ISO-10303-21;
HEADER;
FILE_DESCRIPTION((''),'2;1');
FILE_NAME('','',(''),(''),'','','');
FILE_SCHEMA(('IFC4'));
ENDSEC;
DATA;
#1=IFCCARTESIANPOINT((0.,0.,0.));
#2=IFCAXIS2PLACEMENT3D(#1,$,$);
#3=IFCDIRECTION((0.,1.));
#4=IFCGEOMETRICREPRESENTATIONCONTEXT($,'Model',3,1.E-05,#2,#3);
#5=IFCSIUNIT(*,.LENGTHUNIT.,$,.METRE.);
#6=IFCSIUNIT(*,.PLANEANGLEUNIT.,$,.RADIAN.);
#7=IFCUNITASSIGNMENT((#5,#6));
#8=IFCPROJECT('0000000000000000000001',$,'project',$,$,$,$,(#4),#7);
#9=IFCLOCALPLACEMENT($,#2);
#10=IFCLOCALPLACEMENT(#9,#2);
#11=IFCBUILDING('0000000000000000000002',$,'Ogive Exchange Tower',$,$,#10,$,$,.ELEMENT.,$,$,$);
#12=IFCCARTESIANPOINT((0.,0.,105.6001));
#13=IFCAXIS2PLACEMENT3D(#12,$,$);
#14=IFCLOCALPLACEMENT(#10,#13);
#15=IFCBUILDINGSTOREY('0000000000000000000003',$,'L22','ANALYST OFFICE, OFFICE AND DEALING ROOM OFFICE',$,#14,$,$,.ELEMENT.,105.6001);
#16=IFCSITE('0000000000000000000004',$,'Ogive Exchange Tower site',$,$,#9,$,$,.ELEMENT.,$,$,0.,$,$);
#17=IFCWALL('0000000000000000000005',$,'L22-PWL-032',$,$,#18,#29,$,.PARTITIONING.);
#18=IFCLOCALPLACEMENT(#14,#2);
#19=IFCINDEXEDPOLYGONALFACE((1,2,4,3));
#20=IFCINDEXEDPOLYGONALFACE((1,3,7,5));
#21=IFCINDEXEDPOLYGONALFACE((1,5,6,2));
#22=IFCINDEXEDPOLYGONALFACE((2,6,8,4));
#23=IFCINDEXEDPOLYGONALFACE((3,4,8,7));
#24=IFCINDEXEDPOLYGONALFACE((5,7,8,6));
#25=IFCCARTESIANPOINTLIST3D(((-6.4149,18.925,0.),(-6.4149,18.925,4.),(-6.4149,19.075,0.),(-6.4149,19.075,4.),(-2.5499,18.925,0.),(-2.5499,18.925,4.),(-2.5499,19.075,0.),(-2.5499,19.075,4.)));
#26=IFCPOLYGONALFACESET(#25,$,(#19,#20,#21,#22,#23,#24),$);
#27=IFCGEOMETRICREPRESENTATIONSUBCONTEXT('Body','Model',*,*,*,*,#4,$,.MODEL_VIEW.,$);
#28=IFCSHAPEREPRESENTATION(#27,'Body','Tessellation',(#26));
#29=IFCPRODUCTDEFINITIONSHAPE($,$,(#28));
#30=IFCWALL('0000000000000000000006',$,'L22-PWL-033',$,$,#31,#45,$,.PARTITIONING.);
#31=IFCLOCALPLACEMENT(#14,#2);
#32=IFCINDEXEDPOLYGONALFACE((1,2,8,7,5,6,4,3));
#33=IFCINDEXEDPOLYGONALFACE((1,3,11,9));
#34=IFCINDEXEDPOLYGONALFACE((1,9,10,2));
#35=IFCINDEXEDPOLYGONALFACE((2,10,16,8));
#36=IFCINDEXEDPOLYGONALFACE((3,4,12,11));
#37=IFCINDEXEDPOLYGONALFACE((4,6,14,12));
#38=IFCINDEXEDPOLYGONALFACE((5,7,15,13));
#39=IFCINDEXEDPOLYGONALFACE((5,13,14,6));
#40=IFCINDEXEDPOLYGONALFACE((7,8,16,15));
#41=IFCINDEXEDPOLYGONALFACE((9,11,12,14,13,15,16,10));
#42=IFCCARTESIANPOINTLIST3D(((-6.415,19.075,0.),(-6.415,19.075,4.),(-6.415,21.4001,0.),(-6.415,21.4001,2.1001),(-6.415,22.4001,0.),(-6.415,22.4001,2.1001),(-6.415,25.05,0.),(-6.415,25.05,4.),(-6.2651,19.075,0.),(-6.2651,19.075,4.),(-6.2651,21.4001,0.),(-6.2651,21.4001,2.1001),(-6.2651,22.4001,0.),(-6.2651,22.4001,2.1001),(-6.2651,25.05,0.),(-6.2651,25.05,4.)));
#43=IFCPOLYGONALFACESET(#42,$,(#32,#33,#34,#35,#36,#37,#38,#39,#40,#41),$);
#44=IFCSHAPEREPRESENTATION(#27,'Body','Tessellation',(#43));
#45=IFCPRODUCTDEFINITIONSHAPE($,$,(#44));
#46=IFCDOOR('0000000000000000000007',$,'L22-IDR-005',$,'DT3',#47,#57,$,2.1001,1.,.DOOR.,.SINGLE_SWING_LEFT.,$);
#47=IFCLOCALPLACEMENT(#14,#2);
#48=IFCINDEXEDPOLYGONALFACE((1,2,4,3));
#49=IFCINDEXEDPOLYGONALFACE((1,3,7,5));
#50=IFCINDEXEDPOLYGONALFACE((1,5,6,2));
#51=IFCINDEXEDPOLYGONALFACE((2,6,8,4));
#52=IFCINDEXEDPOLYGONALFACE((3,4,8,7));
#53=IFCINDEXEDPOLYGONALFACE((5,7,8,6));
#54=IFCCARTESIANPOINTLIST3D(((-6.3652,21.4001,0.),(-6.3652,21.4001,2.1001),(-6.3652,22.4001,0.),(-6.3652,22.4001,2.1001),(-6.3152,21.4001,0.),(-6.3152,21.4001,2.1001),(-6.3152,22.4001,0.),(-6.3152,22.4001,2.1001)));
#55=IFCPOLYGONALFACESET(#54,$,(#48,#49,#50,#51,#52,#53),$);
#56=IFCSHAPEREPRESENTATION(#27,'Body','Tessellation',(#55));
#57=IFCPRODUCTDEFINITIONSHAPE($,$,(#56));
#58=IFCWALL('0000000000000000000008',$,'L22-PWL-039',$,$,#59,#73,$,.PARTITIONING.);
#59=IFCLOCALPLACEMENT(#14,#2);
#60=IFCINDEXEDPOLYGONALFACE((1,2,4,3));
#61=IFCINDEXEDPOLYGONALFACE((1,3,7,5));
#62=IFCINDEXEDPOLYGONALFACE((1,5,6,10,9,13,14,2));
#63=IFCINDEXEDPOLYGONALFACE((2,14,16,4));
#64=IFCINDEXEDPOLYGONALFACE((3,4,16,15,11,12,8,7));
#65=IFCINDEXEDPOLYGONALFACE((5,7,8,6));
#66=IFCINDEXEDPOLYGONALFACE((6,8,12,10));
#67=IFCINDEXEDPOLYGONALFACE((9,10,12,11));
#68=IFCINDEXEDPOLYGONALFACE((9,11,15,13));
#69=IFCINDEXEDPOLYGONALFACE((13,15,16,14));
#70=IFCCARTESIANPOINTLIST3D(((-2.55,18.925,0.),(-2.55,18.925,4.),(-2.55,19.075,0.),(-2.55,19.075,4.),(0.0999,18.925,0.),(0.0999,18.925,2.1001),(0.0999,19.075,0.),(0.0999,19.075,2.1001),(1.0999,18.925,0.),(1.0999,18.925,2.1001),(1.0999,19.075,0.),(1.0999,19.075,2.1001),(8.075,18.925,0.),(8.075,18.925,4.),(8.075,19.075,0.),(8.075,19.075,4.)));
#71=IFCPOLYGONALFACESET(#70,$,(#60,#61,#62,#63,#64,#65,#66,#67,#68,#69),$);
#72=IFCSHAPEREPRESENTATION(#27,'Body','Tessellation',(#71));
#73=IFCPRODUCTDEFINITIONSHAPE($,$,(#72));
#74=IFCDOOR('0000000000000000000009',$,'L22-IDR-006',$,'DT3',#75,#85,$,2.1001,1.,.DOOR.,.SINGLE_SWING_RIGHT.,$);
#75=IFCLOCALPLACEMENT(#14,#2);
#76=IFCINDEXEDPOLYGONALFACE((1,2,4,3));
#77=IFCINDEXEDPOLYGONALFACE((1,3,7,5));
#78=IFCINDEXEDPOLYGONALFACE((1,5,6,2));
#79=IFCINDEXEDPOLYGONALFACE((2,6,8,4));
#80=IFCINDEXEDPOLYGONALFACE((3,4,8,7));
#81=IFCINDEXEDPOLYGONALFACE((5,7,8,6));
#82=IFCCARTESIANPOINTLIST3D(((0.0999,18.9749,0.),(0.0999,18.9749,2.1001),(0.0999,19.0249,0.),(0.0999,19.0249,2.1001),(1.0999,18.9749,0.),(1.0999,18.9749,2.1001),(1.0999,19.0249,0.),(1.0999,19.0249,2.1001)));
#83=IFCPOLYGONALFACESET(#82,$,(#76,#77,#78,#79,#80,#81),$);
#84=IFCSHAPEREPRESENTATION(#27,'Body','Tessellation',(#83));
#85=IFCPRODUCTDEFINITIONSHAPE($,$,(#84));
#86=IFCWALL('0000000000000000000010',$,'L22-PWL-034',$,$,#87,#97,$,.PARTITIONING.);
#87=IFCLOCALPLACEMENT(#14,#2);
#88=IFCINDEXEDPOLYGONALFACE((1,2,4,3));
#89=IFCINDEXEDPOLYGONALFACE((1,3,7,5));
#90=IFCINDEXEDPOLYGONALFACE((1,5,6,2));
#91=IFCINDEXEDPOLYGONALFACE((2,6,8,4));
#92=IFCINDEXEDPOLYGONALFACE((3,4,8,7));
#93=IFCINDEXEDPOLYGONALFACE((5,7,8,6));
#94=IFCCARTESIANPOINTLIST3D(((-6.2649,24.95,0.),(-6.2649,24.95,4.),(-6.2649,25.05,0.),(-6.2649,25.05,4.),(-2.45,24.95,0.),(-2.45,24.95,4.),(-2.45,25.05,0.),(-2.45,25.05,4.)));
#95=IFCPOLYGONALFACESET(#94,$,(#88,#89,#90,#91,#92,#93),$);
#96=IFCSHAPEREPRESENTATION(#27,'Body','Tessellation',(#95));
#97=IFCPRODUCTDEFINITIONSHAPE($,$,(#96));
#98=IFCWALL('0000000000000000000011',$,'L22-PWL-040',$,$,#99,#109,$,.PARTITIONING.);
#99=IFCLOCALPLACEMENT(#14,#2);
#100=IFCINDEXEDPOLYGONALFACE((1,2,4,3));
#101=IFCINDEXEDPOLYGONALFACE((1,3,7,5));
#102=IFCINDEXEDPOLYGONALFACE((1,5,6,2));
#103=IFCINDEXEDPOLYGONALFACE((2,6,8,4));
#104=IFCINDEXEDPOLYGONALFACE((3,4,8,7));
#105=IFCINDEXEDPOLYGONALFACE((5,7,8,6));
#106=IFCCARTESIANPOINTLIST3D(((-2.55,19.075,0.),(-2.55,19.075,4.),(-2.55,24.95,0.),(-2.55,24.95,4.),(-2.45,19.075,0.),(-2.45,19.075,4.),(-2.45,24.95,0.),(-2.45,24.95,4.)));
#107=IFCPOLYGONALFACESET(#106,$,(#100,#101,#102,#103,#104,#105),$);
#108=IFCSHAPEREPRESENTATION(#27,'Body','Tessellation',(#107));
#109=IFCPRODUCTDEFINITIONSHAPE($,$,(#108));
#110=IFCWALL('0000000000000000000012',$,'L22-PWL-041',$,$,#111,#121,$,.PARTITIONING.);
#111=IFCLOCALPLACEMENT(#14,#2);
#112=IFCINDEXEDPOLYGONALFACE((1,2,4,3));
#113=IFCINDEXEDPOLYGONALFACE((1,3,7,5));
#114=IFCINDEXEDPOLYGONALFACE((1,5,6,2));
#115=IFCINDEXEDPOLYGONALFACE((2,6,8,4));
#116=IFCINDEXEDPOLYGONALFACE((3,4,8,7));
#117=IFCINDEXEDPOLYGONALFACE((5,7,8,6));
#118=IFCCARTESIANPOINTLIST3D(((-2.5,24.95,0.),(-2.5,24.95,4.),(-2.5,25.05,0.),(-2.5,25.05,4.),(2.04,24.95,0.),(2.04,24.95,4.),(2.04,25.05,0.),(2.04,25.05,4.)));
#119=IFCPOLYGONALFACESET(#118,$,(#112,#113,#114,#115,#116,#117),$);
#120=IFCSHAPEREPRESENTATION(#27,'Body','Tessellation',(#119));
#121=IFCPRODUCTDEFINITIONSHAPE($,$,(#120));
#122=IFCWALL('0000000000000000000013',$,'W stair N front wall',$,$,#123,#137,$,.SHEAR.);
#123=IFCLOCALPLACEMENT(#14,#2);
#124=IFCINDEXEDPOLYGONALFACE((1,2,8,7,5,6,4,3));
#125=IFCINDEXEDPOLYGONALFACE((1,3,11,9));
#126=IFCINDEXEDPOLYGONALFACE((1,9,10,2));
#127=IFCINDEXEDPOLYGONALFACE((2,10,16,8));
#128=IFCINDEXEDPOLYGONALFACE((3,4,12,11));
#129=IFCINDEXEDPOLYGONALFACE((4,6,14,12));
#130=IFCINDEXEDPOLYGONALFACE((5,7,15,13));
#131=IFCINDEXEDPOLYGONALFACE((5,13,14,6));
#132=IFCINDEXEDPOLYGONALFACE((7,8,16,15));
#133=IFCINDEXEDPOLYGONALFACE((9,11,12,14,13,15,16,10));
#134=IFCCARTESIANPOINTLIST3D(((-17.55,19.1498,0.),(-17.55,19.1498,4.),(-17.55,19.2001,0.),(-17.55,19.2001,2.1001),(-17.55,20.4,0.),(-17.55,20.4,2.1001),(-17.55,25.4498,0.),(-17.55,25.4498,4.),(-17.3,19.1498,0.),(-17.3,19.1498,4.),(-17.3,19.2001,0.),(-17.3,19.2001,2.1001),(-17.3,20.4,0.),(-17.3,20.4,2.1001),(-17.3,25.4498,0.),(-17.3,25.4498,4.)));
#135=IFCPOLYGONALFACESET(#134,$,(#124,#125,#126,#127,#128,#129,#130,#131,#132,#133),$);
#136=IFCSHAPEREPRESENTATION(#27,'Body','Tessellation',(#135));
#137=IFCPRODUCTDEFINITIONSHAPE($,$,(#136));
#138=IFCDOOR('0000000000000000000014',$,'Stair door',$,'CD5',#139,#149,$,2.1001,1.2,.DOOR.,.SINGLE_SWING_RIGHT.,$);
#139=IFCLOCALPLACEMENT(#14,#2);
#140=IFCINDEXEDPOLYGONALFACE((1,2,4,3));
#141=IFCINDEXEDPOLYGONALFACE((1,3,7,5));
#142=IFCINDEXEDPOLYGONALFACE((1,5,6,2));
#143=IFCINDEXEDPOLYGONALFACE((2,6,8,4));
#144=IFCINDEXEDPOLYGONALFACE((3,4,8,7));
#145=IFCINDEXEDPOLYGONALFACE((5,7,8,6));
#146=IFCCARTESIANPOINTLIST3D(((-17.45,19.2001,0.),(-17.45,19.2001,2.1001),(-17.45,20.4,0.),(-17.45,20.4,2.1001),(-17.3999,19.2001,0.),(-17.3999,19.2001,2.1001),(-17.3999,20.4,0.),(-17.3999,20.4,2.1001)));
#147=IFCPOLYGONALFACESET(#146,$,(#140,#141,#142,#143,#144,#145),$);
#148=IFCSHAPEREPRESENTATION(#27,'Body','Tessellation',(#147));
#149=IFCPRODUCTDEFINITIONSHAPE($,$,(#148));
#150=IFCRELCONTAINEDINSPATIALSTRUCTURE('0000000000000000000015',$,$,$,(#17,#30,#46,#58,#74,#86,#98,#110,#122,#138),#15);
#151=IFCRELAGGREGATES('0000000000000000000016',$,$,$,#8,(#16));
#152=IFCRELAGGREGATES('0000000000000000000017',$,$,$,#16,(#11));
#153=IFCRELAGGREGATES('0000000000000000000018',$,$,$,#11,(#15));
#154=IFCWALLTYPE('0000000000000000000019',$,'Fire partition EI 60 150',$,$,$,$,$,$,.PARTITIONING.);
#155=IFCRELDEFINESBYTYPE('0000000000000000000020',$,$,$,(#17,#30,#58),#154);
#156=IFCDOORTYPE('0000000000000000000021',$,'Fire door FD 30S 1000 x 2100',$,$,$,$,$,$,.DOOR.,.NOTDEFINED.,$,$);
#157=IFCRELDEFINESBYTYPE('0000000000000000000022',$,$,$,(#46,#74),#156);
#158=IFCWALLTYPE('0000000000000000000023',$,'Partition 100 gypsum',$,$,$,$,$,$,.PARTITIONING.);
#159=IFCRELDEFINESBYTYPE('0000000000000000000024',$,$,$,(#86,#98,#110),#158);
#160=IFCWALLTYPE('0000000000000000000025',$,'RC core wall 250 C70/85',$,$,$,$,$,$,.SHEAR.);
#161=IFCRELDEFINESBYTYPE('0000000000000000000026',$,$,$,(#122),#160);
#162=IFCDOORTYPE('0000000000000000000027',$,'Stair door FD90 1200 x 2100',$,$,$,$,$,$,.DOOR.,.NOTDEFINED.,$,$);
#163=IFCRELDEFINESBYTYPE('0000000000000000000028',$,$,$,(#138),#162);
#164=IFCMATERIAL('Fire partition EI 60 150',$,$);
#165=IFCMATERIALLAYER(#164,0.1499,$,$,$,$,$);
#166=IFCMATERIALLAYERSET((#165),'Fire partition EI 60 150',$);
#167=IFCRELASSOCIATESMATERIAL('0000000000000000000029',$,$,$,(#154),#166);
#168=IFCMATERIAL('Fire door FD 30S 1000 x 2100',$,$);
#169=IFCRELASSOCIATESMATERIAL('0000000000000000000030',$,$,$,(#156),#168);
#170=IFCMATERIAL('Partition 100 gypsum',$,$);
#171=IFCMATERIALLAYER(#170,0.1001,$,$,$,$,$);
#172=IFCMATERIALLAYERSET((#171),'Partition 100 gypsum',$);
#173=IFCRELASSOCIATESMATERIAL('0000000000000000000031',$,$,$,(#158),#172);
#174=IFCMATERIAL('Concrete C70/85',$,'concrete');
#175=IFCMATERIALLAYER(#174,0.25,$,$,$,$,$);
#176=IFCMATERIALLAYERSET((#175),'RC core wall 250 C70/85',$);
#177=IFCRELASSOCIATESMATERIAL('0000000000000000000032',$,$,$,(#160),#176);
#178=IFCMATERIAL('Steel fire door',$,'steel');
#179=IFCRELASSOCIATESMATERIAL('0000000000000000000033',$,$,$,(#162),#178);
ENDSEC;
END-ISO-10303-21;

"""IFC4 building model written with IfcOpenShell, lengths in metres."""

from ifc_helpers import new_model, si_unit, direction, frame, frame_2d, origin, place, context, subcontext, project, spatial, rectangle, extrude, material, layer, layer_set, type_object, element, fill, save


model = new_model("IFC4")

# Units and contexts
model_context = context("Model", 3, precision=1e-05, world=origin(), true_north=direction((0.0, 1.0)))
body_context = subcontext(model_context, "Body", "Model", "MODEL_VIEW")
ifc_project = project(units=[si_unit("LENGTHUNIT", "METRE"), si_unit("PLANEANGLEUNIT", "RADIAN")], contexts=[model_context])

# Site, building, storey
site_placement = place(None, origin())
site = spatial("IfcSite", under=ifc_project, at=site_placement, Name="Ogive Exchange Tower site", CompositionType="ELEMENT", RefElevation=0.0)
building_placement = place(site_placement, origin())
building = spatial("IfcBuilding", under=site, at=building_placement, Name="Ogive Exchange Tower", CompositionType="ELEMENT")
storey_placement = place(building_placement, frame((0.0, 0.0, 105.6001)))
storey = spatial("IfcBuildingStorey", under=building, at=storey_placement, Name="L22", Description="ANALYST OFFICE, OFFICE AND DEALING ROOM OFFICE", CompositionType="ELEMENT", Elevation=105.6001)

# Wall
ifc_material_1 = material(Name="Fire partition EI 60 150")
ifc_layer_1 = layer(ifc_material_1, 0.1499)
ifc_layer_set_1 = layer_set([ifc_layer_1], Name="Fire partition EI 60 150")
wall_type_1 = type_object("IfcWallType", Name="Fire partition EI 60 150", PredefinedType="PARTITIONING", material=ifc_layer_set_1)
wall_1_placement = place(storey_placement, frame((-6.415, 19.0, 0.0), z_axis=(0.0, 0.0, 1.0), x_axis=(1.0, 0.0, 0.0)))
element("IfcWall", 1, at=wall_1_placement, inside=storey, type_object=wall_type_1, Name="L22-PWL-032", PredefinedType="PARTITIONING", context=body_context, shape_type="SweptSolid", body=[
    extrude(rectangle(XDim=3.865, YDim=0.1499, at=frame_2d((1.9326, 0.0))), origin(), (0.0, 0.0, 1.0), 4.0),
])

# Walls, openings, doors
wall_2_placement = place(storey_placement, frame((-6.3401, 25.05, 0.0), z_axis=(0.0, 0.0, 1.0), x_axis=(0.0, -1.0, 0.0)))
wall_2 = element("IfcWall", 2, at=wall_2_placement, inside=storey, type_object=wall_type_1, Name="L22-PWL-033", PredefinedType="PARTITIONING", context=body_context, shape_type="SweptSolid", body=[
    extrude(rectangle(XDim=5.9751, YDim=0.1499, at=frame_2d((2.9875, 0.0))), origin(), (0.0, 0.0, 1.0), 4.0),
])
opening_1_placement = place(wall_2_placement, frame((2.6499, 0.0, 0.0)))
opening_1 = element("IfcOpeningElement", 3, at=opening_1_placement, cuts=wall_2, PredefinedType="OPENING", context=body_context, shape_type="SweptSolid", body=[
    extrude(rectangle(XDim=1.0, YDim=2.1001, at=frame_2d((0.5, 1.05))), frame((0.0, 0.085, 0.0), z_axis=(0.0, -1.0, 0.0), x_axis=(1.0, 0.0, 0.0)), (0.0, 0.0, 1.0), 0.1699),
])
ifc_material_2 = material(Name="Fire door FD 30S 1000 x 2100")
door_type_1 = type_object("IfcDoorType", Name="Fire door FD 30S 1000 x 2100", OperationType="NOTDEFINED", PredefinedType="DOOR", material=ifc_material_2)
door_1_placement = place(opening_1_placement, origin())
door_1 = element("IfcDoor", 4, at=door_1_placement, inside=storey, type_object=door_type_1, Name="L22-IDR-005", ObjectType="DT3", OperationType="SINGLE_SWING_LEFT", OverallHeight=2.1001, OverallWidth=1.0, PredefinedType="DOOR", context=body_context, shape_type="SweptSolid", body=[
    extrude(rectangle(XDim=1.0, YDim=2.1001, at=frame_2d((0.5, 1.05))), frame((0.0, 0.0249, 0.0), z_axis=(0.0, -1.0, 0.0), x_axis=(1.0, 0.0, 0.0)), (0.0, 0.0, 1.0), 0.05),
])
fill(opening_1, door_1)
wall_3_placement = place(storey_placement, frame((-2.55, 19.0, 0.0), z_axis=(0.0, 0.0, 1.0), x_axis=(1.0, 0.0, 0.0)))
wall_3 = element("IfcWall", 5, at=wall_3_placement, inside=storey, type_object=wall_type_1, Name="L22-PWL-039", PredefinedType="PARTITIONING", context=body_context, shape_type="SweptSolid", body=[
    extrude(rectangle(XDim=10.625, YDim=0.1499, at=frame_2d((5.3125, 0.0))), origin(), (0.0, 0.0, 1.0), 4.0),
])
opening_2_placement = place(wall_3_placement, frame((2.6499, 0.0, 0.0)))
opening_2 = element("IfcOpeningElement", 6, at=opening_2_placement, cuts=wall_3, PredefinedType="OPENING", context=body_context, shape_type="SweptSolid", body=[
    extrude(rectangle(XDim=1.0, YDim=2.1001, at=frame_2d((0.5, 1.05))), frame((0.0, 0.085, 0.0), z_axis=(0.0, -1.0, 0.0), x_axis=(1.0, 0.0, 0.0)), (0.0, 0.0, 1.0), 0.1699),
])
door_2_placement = place(opening_2_placement, origin())
door_2 = element("IfcDoor", 7, at=door_2_placement, inside=storey, type_object=door_type_1, Name="L22-IDR-006", ObjectType="DT3", OperationType="SINGLE_SWING_RIGHT", OverallHeight=2.1001, OverallWidth=1.0, PredefinedType="DOOR", context=body_context, shape_type="SweptSolid", body=[
    extrude(rectangle(XDim=1.0, YDim=2.1001, at=frame_2d((0.5, 1.05))), frame((0.0, 0.0249, 0.0), z_axis=(0.0, -1.0, 0.0), x_axis=(1.0, 0.0, 0.0)), (0.0, 0.0, 1.0), 0.05),
])
fill(opening_2, door_2)

# Walls
ifc_material_3 = material(Name="Partition 100 gypsum")
ifc_layer_2 = layer(ifc_material_3, 0.1001)
ifc_layer_set_2 = layer_set([ifc_layer_2], Name="Partition 100 gypsum")
wall_type_2 = type_object("IfcWallType", Name="Partition 100 gypsum", PredefinedType="PARTITIONING", material=ifc_layer_set_2)
wall_4_placement = place(storey_placement, frame((-6.2649, 25.0, 0.0), z_axis=(0.0, 0.0, 1.0), x_axis=(1.0, 0.0, 0.0)))
element("IfcWall", 8, at=wall_4_placement, inside=storey, type_object=wall_type_2, Name="L22-PWL-034", PredefinedType="PARTITIONING", context=body_context, shape_type="SweptSolid", body=[
    extrude(rectangle(XDim=3.8149, YDim=0.1001, at=frame_2d((1.9075, 0.0))), origin(), (0.0, 0.0, 1.0), 4.0),
])
wall_5_placement = place(storey_placement, frame((-2.5, 24.95, 0.0), z_axis=(0.0, 0.0, 1.0), x_axis=(0.0, -1.0, 0.0)))
element("IfcWall", 9, at=wall_5_placement, inside=storey, type_object=wall_type_2, Name="L22-PWL-040", PredefinedType="PARTITIONING", context=body_context, shape_type="SweptSolid", body=[
    extrude(rectangle(XDim=5.875, YDim=0.1001, at=frame_2d((2.9375, 0.0))), origin(), (0.0, 0.0, 1.0), 4.0),
])
wall_6_placement = place(storey_placement, frame((-2.5, 25.0, 0.0), z_axis=(0.0, 0.0, 1.0), x_axis=(1.0, 0.0, 0.0)))
element("IfcWall", 10, at=wall_6_placement, inside=storey, type_object=wall_type_2, Name="L22-PWL-041", PredefinedType="PARTITIONING", context=body_context, shape_type="SweptSolid", body=[
    extrude(rectangle(XDim=4.54, YDim=0.1001, at=frame_2d((2.27, 0.0))), origin(), (0.0, 0.0, 1.0), 4.0),
])

# Wall, opening, door
ifc_material_4 = material(Name="Concrete C70/85", Category="concrete")
ifc_layer_3 = layer(ifc_material_4, 0.25)
ifc_layer_set_3 = layer_set([ifc_layer_3], Name="RC core wall 250 C70/85")
wall_type_3 = type_object("IfcWallType", Name="RC core wall 250 C70/85", PredefinedType="SHEAR", material=ifc_layer_set_3)
wall_7_placement = place(storey_placement, frame((-17.425, 19.1499, 0.0), z_axis=(0.0, 0.0, 1.0), x_axis=(0.0, 1.0, 0.0)))
wall_7 = element("IfcWall", 11, at=wall_7_placement, inside=storey, type_object=wall_type_3, Name="W stair N front wall", PredefinedType="SHEAR", context=body_context, shape_type="SweptSolid", body=[
    extrude(rectangle(XDim=6.3, YDim=0.25, at=frame_2d((3.1499, 0.0))), origin(), (0.0, 0.0, 1.0), 4.0),
])
opening_3_placement = place(wall_7_placement, frame((0.05, 0.0, 0.0)))
opening_3 = element("IfcOpeningElement", 12, at=opening_3_placement, cuts=wall_7, PredefinedType="OPENING", context=body_context, shape_type="SweptSolid", body=[
    extrude(rectangle(XDim=1.2, YDim=2.1001, at=frame_2d((0.6001, 1.05))), frame((0.0, 0.135, 0.0), z_axis=(0.0, -1.0, 0.0), x_axis=(1.0, 0.0, 0.0)), (0.0, 0.0, 1.0), 0.27),
])
ifc_material_5 = material(Name="Steel fire door", Category="steel")
door_type_2 = type_object("IfcDoorType", Name="Stair door FD90 1200 x 2100", OperationType="NOTDEFINED", PredefinedType="DOOR", material=ifc_material_5)
door_3_placement = place(opening_3_placement, origin())
door_3 = element("IfcDoor", 13, at=door_3_placement, inside=storey, type_object=door_type_2, Name="Stair door", ObjectType="CD5", OperationType="SINGLE_SWING_RIGHT", OverallHeight=2.1001, OverallWidth=1.2, PredefinedType="DOOR", context=body_context, shape_type="SweptSolid", body=[
    extrude(rectangle(XDim=1.2, YDim=2.1001, at=frame_2d((0.6001, 1.05))), frame((0.0, 0.0249, 0.0), z_axis=(0.0, -1.0, 0.0), x_axis=(1.0, 0.0, 0.0)), (0.0, 0.0, 1.0), 0.05),
])
fill(opening_3, door_3)

save(model, "model.ifc")
